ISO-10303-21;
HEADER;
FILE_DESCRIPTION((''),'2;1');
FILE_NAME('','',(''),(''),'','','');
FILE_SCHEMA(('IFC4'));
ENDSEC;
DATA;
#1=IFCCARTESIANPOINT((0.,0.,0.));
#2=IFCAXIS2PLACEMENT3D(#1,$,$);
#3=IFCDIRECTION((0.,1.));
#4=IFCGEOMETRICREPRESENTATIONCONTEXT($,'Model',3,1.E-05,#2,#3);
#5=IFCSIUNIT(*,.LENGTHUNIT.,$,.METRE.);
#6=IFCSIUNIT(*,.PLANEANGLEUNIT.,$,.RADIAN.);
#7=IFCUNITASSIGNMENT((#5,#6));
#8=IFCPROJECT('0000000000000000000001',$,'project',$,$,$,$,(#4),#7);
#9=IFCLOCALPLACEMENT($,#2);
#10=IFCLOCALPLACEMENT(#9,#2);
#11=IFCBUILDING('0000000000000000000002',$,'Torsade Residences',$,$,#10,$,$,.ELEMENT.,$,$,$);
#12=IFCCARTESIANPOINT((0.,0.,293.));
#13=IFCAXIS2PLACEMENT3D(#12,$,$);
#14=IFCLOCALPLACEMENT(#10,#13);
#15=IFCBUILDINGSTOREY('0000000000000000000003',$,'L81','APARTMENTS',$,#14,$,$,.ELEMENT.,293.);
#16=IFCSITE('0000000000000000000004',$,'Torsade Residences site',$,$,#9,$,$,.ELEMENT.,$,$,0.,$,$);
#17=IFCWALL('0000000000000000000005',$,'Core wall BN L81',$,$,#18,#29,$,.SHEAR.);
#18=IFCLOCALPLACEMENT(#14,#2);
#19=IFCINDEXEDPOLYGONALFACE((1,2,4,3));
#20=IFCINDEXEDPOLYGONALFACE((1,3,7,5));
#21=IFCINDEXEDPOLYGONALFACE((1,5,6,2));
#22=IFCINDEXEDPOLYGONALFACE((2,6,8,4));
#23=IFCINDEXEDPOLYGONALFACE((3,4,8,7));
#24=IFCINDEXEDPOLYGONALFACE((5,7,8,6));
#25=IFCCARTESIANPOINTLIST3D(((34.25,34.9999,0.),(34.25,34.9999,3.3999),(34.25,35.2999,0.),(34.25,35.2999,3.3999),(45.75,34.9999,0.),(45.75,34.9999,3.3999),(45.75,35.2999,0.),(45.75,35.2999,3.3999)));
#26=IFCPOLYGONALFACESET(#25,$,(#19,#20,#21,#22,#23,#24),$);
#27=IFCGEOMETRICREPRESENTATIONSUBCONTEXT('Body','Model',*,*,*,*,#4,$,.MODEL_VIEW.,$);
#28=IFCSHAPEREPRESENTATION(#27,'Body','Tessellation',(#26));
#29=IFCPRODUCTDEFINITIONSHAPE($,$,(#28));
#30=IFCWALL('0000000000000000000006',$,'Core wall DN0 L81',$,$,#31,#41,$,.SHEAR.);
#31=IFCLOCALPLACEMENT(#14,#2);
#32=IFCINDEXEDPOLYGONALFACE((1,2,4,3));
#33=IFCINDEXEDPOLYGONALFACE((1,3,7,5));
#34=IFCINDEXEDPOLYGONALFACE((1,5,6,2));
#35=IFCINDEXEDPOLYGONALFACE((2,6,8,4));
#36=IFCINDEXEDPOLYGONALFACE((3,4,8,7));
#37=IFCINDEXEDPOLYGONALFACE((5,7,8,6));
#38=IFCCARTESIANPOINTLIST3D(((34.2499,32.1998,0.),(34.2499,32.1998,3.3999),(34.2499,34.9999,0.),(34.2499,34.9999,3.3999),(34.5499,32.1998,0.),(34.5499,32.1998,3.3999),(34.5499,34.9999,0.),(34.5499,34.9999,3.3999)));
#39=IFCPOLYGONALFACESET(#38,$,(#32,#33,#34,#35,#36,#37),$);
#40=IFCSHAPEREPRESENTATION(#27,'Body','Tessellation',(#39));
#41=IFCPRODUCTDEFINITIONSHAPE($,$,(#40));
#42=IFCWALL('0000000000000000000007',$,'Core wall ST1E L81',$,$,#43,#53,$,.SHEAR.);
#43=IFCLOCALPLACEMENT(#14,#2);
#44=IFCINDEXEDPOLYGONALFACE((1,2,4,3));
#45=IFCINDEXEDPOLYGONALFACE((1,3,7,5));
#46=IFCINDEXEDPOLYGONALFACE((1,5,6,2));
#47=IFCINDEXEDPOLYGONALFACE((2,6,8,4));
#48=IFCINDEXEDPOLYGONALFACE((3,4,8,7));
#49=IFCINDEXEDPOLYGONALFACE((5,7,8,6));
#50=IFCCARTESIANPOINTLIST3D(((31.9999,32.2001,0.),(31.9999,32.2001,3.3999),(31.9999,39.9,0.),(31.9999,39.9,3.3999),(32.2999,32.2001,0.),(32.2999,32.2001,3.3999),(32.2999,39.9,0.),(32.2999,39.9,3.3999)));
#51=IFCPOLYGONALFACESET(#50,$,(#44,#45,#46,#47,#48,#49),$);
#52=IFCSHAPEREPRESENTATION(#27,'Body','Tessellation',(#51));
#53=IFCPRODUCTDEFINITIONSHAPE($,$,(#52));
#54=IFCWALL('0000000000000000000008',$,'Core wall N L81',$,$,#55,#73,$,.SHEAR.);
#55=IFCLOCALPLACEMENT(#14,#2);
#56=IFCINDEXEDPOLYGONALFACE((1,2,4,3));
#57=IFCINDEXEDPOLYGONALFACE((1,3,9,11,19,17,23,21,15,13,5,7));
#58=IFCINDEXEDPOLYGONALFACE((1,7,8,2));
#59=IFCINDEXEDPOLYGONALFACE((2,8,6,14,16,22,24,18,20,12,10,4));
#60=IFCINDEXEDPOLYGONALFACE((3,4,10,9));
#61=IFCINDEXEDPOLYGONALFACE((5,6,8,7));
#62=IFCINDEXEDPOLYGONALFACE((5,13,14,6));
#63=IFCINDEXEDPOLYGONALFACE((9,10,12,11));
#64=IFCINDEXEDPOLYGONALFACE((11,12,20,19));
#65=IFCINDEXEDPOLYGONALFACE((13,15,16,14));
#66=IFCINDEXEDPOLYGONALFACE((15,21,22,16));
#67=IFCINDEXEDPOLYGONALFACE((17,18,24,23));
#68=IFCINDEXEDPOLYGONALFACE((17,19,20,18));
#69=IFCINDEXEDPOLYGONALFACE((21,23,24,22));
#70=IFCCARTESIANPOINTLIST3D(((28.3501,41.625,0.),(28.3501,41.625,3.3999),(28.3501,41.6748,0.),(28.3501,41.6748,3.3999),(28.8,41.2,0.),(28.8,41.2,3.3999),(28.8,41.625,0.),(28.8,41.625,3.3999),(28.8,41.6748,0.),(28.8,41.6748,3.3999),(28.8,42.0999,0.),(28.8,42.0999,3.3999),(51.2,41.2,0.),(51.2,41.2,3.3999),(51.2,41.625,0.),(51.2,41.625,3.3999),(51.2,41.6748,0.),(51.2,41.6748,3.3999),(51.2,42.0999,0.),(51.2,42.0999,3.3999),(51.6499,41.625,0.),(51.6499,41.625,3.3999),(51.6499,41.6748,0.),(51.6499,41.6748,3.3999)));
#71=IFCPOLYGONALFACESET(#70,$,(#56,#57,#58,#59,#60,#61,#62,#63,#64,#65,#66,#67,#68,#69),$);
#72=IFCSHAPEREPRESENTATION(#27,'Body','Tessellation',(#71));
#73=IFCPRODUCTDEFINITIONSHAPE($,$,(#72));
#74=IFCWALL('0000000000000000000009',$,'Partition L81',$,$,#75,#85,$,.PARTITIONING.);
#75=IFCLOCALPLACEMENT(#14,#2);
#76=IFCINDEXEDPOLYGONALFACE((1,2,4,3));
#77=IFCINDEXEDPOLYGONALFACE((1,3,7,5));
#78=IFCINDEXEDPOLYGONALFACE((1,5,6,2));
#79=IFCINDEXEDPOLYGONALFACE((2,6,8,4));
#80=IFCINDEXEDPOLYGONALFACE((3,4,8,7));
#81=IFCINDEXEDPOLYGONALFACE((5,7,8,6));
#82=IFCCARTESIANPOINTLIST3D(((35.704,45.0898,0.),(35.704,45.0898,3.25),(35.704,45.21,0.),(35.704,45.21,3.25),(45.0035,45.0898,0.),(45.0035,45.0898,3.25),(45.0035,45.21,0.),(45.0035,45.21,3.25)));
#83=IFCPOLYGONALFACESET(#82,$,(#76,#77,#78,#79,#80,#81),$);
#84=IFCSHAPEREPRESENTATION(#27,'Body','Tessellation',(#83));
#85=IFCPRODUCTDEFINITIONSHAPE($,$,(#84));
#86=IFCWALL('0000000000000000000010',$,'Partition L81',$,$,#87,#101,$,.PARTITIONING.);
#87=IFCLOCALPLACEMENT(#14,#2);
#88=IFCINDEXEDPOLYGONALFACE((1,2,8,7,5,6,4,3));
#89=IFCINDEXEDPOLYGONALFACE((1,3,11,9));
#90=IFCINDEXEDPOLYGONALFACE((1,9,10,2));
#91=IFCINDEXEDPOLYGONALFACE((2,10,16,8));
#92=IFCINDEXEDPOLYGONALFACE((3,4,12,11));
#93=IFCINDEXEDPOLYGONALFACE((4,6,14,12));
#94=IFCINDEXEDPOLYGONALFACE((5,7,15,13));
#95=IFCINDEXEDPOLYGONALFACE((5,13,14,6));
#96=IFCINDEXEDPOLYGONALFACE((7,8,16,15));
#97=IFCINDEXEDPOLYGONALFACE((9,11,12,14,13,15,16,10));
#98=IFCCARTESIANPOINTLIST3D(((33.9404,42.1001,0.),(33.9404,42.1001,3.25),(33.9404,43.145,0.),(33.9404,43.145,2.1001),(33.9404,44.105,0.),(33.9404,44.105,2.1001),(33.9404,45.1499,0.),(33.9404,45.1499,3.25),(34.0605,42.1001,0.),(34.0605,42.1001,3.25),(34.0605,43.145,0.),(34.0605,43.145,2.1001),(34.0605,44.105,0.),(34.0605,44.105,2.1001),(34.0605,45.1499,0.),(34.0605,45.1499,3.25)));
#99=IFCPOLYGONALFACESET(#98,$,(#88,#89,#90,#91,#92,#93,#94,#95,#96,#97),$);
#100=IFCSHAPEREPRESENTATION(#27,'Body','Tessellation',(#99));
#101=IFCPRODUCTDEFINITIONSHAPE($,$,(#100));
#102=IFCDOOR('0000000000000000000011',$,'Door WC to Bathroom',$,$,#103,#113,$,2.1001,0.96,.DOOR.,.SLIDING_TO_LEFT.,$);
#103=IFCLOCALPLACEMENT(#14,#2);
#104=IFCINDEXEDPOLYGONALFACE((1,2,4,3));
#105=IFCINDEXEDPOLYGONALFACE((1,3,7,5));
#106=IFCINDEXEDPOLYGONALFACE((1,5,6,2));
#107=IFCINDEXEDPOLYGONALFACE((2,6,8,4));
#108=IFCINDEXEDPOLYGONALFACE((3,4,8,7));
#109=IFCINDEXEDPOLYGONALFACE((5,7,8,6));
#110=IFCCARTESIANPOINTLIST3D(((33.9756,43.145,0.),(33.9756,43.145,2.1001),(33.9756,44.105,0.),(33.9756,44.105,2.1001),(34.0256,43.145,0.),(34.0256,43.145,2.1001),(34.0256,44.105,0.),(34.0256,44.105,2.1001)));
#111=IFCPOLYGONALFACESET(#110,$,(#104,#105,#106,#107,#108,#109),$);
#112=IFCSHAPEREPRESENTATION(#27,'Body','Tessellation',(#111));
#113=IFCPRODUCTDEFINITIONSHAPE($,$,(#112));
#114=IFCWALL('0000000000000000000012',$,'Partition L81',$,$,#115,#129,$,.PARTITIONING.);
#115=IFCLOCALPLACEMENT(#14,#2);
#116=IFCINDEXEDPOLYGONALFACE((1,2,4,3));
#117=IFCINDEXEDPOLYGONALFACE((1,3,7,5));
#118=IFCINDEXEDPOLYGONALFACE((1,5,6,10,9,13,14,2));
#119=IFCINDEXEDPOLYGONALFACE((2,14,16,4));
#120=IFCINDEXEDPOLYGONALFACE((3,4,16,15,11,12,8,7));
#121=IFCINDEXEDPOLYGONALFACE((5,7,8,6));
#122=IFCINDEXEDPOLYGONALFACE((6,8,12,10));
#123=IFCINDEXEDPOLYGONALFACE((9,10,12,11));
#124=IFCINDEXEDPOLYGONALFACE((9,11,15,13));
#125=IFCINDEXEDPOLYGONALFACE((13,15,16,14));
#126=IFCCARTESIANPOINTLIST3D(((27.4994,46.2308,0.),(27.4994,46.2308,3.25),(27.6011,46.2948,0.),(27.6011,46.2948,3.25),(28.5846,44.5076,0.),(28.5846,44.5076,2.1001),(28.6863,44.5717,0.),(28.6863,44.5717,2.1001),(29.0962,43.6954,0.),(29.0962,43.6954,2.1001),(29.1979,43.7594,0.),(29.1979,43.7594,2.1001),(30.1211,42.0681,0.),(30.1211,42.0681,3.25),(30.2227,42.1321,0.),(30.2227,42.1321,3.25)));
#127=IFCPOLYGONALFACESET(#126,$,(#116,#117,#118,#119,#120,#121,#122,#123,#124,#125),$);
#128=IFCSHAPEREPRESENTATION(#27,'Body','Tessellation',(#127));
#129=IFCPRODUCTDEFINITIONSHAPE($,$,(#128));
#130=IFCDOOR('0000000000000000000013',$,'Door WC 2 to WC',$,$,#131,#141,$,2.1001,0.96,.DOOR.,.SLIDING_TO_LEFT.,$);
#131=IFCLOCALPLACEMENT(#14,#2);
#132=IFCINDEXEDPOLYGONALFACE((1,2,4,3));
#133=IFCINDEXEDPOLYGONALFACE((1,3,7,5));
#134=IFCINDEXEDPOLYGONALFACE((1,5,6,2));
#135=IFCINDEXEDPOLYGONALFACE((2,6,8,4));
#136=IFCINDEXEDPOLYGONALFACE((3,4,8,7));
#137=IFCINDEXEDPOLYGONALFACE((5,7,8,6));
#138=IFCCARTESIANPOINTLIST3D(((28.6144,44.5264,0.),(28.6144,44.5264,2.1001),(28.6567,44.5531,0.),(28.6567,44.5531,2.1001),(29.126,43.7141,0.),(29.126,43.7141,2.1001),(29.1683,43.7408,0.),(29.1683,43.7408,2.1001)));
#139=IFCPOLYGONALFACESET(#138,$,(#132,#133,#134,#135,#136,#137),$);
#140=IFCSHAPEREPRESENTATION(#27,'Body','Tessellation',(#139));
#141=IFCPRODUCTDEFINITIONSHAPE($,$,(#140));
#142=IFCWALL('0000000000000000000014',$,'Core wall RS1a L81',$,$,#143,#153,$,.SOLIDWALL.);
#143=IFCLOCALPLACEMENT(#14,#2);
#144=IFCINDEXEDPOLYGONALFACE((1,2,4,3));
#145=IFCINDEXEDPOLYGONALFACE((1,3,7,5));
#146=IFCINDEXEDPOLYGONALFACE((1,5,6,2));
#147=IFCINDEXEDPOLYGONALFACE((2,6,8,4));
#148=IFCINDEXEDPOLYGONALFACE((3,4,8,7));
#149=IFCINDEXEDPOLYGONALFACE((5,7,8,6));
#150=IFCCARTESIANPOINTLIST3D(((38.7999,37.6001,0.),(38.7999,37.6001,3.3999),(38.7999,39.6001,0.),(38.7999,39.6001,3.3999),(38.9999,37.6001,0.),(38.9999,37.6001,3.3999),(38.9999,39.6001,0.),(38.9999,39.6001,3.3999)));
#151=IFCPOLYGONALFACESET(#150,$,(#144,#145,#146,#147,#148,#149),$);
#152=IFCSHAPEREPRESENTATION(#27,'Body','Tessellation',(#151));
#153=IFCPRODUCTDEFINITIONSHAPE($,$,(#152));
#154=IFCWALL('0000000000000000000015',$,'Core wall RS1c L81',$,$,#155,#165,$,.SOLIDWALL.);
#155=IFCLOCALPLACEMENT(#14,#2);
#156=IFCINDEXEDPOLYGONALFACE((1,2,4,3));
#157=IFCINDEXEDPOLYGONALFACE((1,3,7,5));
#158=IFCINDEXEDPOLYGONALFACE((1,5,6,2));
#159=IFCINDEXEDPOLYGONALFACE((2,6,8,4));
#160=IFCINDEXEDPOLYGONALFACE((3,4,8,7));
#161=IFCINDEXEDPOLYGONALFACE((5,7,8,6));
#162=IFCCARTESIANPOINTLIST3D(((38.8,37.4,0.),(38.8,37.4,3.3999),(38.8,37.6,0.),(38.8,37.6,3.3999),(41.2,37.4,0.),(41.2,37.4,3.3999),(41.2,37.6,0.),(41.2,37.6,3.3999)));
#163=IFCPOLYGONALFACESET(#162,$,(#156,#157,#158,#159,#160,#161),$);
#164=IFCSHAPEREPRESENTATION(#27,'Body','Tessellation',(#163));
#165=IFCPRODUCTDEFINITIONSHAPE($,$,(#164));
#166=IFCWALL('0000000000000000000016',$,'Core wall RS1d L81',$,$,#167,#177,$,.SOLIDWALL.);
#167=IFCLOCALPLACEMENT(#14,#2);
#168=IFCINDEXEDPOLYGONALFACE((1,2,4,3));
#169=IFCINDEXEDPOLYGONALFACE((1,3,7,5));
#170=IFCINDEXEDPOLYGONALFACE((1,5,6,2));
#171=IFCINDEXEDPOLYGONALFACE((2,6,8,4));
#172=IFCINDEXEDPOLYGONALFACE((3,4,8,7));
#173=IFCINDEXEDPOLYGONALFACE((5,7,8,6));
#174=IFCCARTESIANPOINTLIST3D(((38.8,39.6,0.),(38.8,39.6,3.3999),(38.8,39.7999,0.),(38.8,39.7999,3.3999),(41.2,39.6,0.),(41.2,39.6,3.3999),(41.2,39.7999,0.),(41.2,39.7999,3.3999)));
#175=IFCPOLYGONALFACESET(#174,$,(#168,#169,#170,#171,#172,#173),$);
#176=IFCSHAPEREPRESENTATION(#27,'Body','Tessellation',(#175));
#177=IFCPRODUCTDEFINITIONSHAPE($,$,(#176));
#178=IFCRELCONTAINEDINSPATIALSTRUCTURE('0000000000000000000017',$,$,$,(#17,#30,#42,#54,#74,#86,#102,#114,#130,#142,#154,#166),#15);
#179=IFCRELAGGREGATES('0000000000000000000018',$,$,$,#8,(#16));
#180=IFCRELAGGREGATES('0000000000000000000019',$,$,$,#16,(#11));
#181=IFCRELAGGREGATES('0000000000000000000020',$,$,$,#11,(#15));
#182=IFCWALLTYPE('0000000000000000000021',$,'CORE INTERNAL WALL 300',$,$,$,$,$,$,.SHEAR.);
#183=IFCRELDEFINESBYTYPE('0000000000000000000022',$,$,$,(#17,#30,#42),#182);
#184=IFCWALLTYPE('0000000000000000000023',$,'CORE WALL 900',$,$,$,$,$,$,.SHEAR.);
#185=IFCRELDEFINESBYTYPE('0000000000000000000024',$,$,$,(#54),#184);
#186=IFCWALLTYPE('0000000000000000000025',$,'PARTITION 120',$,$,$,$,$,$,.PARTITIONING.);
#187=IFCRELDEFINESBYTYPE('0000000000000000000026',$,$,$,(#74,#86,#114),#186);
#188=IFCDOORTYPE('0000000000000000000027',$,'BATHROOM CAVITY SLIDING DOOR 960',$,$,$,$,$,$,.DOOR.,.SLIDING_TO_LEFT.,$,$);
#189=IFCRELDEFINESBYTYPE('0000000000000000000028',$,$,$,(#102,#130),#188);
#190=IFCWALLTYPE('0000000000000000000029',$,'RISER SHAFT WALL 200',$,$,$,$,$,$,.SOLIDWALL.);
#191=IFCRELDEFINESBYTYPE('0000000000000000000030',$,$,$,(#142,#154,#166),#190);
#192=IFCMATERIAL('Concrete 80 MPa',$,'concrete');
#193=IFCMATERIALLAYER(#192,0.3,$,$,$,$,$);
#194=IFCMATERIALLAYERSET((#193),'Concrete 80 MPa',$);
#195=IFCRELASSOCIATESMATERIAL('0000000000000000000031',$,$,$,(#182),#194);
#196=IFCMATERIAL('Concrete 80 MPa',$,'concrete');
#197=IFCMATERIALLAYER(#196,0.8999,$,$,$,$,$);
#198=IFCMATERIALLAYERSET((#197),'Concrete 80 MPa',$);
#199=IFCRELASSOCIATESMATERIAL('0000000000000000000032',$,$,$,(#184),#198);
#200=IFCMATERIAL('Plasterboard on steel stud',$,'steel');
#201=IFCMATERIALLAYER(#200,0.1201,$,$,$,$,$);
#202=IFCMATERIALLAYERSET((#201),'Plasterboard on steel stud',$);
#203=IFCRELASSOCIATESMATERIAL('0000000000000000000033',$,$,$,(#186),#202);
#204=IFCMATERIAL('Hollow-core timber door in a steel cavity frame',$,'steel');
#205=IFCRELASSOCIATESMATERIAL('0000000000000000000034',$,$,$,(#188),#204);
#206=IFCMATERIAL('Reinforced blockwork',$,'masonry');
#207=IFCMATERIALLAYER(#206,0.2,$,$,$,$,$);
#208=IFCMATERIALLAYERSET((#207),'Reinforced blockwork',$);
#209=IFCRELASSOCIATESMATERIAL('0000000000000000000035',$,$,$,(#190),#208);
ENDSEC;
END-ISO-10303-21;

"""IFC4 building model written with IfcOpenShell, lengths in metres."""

from ifc_helpers import new_model, si_unit, direction, frame, frame_2d, origin, place, context, subcontext, project, spatial, polyline, rectangle, outline, extrude, material, layer, layer_set, type_object, element, fill, save


model = new_model("IFC4")

# Units and contexts
model_context = context("Model", 3, precision=1e-05, world=origin(), true_north=direction((0.0, 1.0)))
body_context = subcontext(model_context, "Body", "Model", "MODEL_VIEW")
ifc_project = project(units=[si_unit("LENGTHUNIT", "METRE"), si_unit("PLANEANGLEUNIT", "RADIAN")], contexts=[model_context])

# Site, building, storey
site_placement = place(None, origin())
site = spatial("IfcSite", under=ifc_project, at=site_placement, Name="Torsade Residences site", CompositionType="ELEMENT", RefElevation=0.0)
building_placement = place(site_placement, origin())
building = spatial("IfcBuilding", under=site, at=building_placement, Name="Torsade Residences", CompositionType="ELEMENT")
storey_placement = place(building_placement, frame((0.0, 0.0, 293.0)))
storey = spatial("IfcBuildingStorey", under=building, at=storey_placement, Name="L81", Description="APARTMENTS", CompositionType="ELEMENT", Elevation=293.0)

# Walls
ifc_material_1 = material(Name="Concrete 80 MPa", Category="concrete")
ifc_layer_1 = layer(ifc_material_1, 0.3)
ifc_layer_set_1 = layer_set([ifc_layer_1], Name="Concrete 80 MPa")
wall_type_1 = type_object("IfcWallType", Name="CORE INTERNAL WALL 300", PredefinedType="SHEAR", material=ifc_layer_set_1)
wall_1_placement = place(storey_placement, frame((34.25, 35.1499, 0.0), z_axis=(0.0, 0.0, 1.0), x_axis=(1.0, 0.0, 0.0)))
element("IfcWall", 1, at=wall_1_placement, inside=storey, type_object=wall_type_1, Name="Core wall BN L81", PredefinedType="SHEAR", context=body_context, shape_type="SweptSolid", body=[
    extrude(rectangle(XDim=11.5, YDim=0.3, at=frame_2d((5.75, 0.0))), origin(), (0.0, 0.0, 1.0), 3.3999),
])
wall_2_placement = place(storey_placement, frame((34.3999, 32.2, 0.0), z_axis=(0.0, 0.0, 1.0), x_axis=(0.0, 1.0, 0.0)))
element("IfcWall", 2, at=wall_2_placement, inside=storey, type_object=wall_type_1, Name="Core wall DN0 L81", PredefinedType="SHEAR", context=body_context, shape_type="SweptSolid", body=[
    extrude(rectangle(XDim=2.8, YDim=0.3, at=frame_2d((1.3999, 0.0))), origin(), (0.0, 0.0, 1.0), 3.3999),
])
wall_3_placement = place(storey_placement, frame((32.1499, 32.2, 0.0), z_axis=(0.0, 0.0, 1.0), x_axis=(0.0, 1.0, 0.0)))
element("IfcWall", 3, at=wall_3_placement, inside=storey, type_object=wall_type_1, Name="Core wall ST1E L81", PredefinedType="SHEAR", context=body_context, shape_type="SweptSolid", body=[
    extrude(rectangle(XDim=7.7, YDim=0.3, at=frame_2d((3.8501, 0.0))), origin(), (0.0, 0.0, 1.0), 3.3999),
])
ifc_material_2 = material(Name="Concrete 80 MPa", Category="concrete")
ifc_layer_2 = layer(ifc_material_2, 0.8999)
ifc_layer_set_2 = layer_set([ifc_layer_2], Name="Concrete 80 MPa")
wall_type_2 = type_object("IfcWallType", Name="CORE WALL 900", PredefinedType="SHEAR", material=ifc_layer_set_2)
wall_4_placement = place(storey_placement, frame((28.8, 41.6499, 0.0), z_axis=(0.0, 0.0, 1.0), x_axis=(1.0, 0.0, 0.0)))
element("IfcWall", 4, at=wall_4_placement, inside=storey, type_object=wall_type_2, Name="Core wall N L81", PredefinedType="SHEAR", context=body_context, shape_type="SweptSolid", body=[
    extrude(outline(polyline([(0.0, -0.45), (22.3999, -0.45), (22.3999, -0.0249), (22.8499, -0.0249), (22.8499, 0.0249), (22.3999, 0.0249), (22.3999, 0.45), (0.0, 0.45), (0.0, 0.0249), (-0.45, 0.0249), (-0.45, -0.0249), (0.0, -0.0249), (0.0, -0.45)])), origin(), (0.0, 0.0, 1.0), 3.3999),
])
ifc_material_3 = material(Name="Plasterboard on steel stud", Category="steel")
ifc_layer_3 = layer(ifc_material_3, 0.1201)
ifc_layer_set_3 = layer_set([ifc_layer_3], Name="Plasterboard on steel stud")
wall_type_3 = type_object("IfcWallType", Name="PARTITION 120", PredefinedType="PARTITIONING", material=ifc_layer_set_3)
wall_5_placement = place(storey_placement, frame((35.7039, 45.1499, 0.0), z_axis=(0.0, 0.0, 1.0), x_axis=(1.0, 0.0, 0.0)))
element("IfcWall", 5, at=wall_5_placement, inside=storey, type_object=wall_type_3, Name="Partition L81", PredefinedType="PARTITIONING", context=body_context, shape_type="SweptSolid", body=[
    extrude(rectangle(XDim=9.2996, YDim=0.1201, at=frame_2d((4.6499, 0.0))), origin(), (0.0, 0.0, 1.0), 3.25),
])

# Walls, openings, doors
wall_6_placement = place(storey_placement, frame((34.0005, 42.1001, 0.0), z_axis=(0.0, 0.0, 1.0), x_axis=(0.0, 1.0, 0.0)))
wall_6 = element("IfcWall", 6, at=wall_6_placement, inside=storey, type_object=wall_type_3, Name="Partition L81", PredefinedType="PARTITIONING", context=body_context, shape_type="SweptSolid", body=[
    extrude(rectangle(XDim=3.0498, YDim=0.1201, at=frame_2d((1.5249, 0.0))), origin(), (0.0, 0.0, 1.0), 3.25),
])
opening_1_placement = place(wall_6_placement, frame((1.0449, 0.0, 0.0)))
opening_1 = element("IfcOpeningElement", 7, at=opening_1_placement, cuts=wall_6, PredefinedType="OPENING", context=body_context, shape_type="SweptSolid", body=[
    extrude(rectangle(XDim=0.96, YDim=2.1001, at=frame_2d((0.48, 1.05))), frame((0.0, 0.0701, 0.0), z_axis=(0.0, -1.0, 0.0), x_axis=(1.0, 0.0, 0.0)), (0.0, 0.0, 1.0), 0.1401),
])
ifc_material_4 = material(Name="Hollow-core timber door in a steel cavity frame", Category="steel")
door_type_1 = type_object("IfcDoorType", Name="BATHROOM CAVITY SLIDING DOOR 960", OperationType="SLIDING_TO_LEFT", PredefinedType="DOOR", material=ifc_material_4)
door_1_placement = place(opening_1_placement, origin())
door_1 = element("IfcDoor", 8, at=door_1_placement, inside=storey, type_object=door_type_1, Name="Door WC to Bathroom", OperationType="SLIDING_TO_LEFT", OverallHeight=2.1001, OverallWidth=0.96, PredefinedType="DOOR", context=body_context, shape_type="SweptSolid", body=[
    extrude(rectangle(XDim=0.96, YDim=2.1001, at=frame_2d((0.48, 1.05))), frame((0.0, 0.0249, 0.0), z_axis=(0.0, -1.0, 0.0), x_axis=(1.0, 0.0, 0.0)), (0.0, 0.0, 1.0), 0.05),
])
fill(opening_1, door_1)
wall_7_placement = place(storey_placement, frame((30.1719, 42.1001, 0.0), z_axis=(0.0, 0.0, 1.0), x_axis=(-0.532913, 0.84617, 0.0)))
wall_7 = element("IfcWall", 9, at=wall_7_placement, inside=storey, type_object=wall_type_3, Name="Partition L81", PredefinedType="PARTITIONING", context=body_context, shape_type="SweptSolid", body=[
    extrude(rectangle(XDim=4.9194, YDim=0.1201, at=frame_2d((2.4597, 0.0))), origin(), (0.0, 0.0, 1.0), 3.25),
])
opening_2_placement = place(wall_7_placement, frame((1.9231, 0.0, 0.0)))
opening_2 = element("IfcOpeningElement", 10, at=opening_2_placement, cuts=wall_7, PredefinedType="OPENING", context=body_context, shape_type="SweptSolid", body=[
    extrude(rectangle(XDim=0.96, YDim=2.1001, at=frame_2d((0.48, 1.05))), frame((0.0, 0.0701, 0.0), z_axis=(0.0, -1.0, 0.0), x_axis=(1.0, 0.0, 0.0)), (0.0, 0.0, 1.0), 0.1401),
])
door_2_placement = place(opening_2_placement, origin())
door_2 = element("IfcDoor", 11, at=door_2_placement, inside=storey, type_object=door_type_1, Name="Door WC 2 to WC", OperationType="SLIDING_TO_LEFT", OverallHeight=2.1001, OverallWidth=0.96, PredefinedType="DOOR", context=body_context, shape_type="SweptSolid", body=[
    extrude(rectangle(XDim=0.96, YDim=2.1001, at=frame_2d((0.48, 1.05))), frame((0.0, 0.0249, 0.0), z_axis=(0.0, -1.0, 0.0), x_axis=(1.0, 0.0, 0.0)), (0.0, 0.0, 1.0), 0.05),
])
fill(opening_2, door_2)

# Walls
ifc_material_5 = material(Name="Reinforced blockwork", Category="masonry")
ifc_layer_4 = layer(ifc_material_5, 0.2)
ifc_layer_set_4 = layer_set([ifc_layer_4], Name="Reinforced blockwork")
wall_type_4 = type_object("IfcWallType", Name="RISER SHAFT WALL 200", PredefinedType="SOLIDWALL", material=ifc_layer_set_4)
wall_8_placement = place(storey_placement, frame((38.8999, 37.6001, 0.0), z_axis=(0.0, 0.0, 1.0), x_axis=(0.0, 1.0, 0.0)))
element("IfcWall", 12, at=wall_8_placement, inside=storey, type_object=wall_type_4, Name="Core wall RS1a L81", PredefinedType="SOLIDWALL", context=body_context, shape_type="SweptSolid", body=[
    extrude(rectangle(XDim=2.0, YDim=0.2, at=frame_2d((1.0, 0.0))), origin(), (0.0, 0.0, 1.0), 3.3999),
])
for number, where, z_axis, x_axis, name in (
    (13, (38.8, 37.5, 0.0), (0.0, 0.0, 1.0), (1.0, 0.0, 0.0), "Core wall RS1c L81"),
    (14, (38.8, 39.7, 0.0), (0.0, 0.0, 1.0), (1.0, 0.0, 0.0), "Core wall RS1d L81"),
):
    element("IfcWall", number, at=place(storey_placement, frame(where, z_axis=z_axis, x_axis=x_axis)), inside=storey, type_object=wall_type_4, Name=name, PredefinedType="SOLIDWALL", context=body_context, shape_type="SweptSolid", body=[
        extrude(rectangle(XDim=2.3999, YDim=0.2, at=frame_2d((1.2, 0.0))), origin(), (0.0, 0.0, 1.0), 3.3999),
    ])

save(model, "model.ifc")
